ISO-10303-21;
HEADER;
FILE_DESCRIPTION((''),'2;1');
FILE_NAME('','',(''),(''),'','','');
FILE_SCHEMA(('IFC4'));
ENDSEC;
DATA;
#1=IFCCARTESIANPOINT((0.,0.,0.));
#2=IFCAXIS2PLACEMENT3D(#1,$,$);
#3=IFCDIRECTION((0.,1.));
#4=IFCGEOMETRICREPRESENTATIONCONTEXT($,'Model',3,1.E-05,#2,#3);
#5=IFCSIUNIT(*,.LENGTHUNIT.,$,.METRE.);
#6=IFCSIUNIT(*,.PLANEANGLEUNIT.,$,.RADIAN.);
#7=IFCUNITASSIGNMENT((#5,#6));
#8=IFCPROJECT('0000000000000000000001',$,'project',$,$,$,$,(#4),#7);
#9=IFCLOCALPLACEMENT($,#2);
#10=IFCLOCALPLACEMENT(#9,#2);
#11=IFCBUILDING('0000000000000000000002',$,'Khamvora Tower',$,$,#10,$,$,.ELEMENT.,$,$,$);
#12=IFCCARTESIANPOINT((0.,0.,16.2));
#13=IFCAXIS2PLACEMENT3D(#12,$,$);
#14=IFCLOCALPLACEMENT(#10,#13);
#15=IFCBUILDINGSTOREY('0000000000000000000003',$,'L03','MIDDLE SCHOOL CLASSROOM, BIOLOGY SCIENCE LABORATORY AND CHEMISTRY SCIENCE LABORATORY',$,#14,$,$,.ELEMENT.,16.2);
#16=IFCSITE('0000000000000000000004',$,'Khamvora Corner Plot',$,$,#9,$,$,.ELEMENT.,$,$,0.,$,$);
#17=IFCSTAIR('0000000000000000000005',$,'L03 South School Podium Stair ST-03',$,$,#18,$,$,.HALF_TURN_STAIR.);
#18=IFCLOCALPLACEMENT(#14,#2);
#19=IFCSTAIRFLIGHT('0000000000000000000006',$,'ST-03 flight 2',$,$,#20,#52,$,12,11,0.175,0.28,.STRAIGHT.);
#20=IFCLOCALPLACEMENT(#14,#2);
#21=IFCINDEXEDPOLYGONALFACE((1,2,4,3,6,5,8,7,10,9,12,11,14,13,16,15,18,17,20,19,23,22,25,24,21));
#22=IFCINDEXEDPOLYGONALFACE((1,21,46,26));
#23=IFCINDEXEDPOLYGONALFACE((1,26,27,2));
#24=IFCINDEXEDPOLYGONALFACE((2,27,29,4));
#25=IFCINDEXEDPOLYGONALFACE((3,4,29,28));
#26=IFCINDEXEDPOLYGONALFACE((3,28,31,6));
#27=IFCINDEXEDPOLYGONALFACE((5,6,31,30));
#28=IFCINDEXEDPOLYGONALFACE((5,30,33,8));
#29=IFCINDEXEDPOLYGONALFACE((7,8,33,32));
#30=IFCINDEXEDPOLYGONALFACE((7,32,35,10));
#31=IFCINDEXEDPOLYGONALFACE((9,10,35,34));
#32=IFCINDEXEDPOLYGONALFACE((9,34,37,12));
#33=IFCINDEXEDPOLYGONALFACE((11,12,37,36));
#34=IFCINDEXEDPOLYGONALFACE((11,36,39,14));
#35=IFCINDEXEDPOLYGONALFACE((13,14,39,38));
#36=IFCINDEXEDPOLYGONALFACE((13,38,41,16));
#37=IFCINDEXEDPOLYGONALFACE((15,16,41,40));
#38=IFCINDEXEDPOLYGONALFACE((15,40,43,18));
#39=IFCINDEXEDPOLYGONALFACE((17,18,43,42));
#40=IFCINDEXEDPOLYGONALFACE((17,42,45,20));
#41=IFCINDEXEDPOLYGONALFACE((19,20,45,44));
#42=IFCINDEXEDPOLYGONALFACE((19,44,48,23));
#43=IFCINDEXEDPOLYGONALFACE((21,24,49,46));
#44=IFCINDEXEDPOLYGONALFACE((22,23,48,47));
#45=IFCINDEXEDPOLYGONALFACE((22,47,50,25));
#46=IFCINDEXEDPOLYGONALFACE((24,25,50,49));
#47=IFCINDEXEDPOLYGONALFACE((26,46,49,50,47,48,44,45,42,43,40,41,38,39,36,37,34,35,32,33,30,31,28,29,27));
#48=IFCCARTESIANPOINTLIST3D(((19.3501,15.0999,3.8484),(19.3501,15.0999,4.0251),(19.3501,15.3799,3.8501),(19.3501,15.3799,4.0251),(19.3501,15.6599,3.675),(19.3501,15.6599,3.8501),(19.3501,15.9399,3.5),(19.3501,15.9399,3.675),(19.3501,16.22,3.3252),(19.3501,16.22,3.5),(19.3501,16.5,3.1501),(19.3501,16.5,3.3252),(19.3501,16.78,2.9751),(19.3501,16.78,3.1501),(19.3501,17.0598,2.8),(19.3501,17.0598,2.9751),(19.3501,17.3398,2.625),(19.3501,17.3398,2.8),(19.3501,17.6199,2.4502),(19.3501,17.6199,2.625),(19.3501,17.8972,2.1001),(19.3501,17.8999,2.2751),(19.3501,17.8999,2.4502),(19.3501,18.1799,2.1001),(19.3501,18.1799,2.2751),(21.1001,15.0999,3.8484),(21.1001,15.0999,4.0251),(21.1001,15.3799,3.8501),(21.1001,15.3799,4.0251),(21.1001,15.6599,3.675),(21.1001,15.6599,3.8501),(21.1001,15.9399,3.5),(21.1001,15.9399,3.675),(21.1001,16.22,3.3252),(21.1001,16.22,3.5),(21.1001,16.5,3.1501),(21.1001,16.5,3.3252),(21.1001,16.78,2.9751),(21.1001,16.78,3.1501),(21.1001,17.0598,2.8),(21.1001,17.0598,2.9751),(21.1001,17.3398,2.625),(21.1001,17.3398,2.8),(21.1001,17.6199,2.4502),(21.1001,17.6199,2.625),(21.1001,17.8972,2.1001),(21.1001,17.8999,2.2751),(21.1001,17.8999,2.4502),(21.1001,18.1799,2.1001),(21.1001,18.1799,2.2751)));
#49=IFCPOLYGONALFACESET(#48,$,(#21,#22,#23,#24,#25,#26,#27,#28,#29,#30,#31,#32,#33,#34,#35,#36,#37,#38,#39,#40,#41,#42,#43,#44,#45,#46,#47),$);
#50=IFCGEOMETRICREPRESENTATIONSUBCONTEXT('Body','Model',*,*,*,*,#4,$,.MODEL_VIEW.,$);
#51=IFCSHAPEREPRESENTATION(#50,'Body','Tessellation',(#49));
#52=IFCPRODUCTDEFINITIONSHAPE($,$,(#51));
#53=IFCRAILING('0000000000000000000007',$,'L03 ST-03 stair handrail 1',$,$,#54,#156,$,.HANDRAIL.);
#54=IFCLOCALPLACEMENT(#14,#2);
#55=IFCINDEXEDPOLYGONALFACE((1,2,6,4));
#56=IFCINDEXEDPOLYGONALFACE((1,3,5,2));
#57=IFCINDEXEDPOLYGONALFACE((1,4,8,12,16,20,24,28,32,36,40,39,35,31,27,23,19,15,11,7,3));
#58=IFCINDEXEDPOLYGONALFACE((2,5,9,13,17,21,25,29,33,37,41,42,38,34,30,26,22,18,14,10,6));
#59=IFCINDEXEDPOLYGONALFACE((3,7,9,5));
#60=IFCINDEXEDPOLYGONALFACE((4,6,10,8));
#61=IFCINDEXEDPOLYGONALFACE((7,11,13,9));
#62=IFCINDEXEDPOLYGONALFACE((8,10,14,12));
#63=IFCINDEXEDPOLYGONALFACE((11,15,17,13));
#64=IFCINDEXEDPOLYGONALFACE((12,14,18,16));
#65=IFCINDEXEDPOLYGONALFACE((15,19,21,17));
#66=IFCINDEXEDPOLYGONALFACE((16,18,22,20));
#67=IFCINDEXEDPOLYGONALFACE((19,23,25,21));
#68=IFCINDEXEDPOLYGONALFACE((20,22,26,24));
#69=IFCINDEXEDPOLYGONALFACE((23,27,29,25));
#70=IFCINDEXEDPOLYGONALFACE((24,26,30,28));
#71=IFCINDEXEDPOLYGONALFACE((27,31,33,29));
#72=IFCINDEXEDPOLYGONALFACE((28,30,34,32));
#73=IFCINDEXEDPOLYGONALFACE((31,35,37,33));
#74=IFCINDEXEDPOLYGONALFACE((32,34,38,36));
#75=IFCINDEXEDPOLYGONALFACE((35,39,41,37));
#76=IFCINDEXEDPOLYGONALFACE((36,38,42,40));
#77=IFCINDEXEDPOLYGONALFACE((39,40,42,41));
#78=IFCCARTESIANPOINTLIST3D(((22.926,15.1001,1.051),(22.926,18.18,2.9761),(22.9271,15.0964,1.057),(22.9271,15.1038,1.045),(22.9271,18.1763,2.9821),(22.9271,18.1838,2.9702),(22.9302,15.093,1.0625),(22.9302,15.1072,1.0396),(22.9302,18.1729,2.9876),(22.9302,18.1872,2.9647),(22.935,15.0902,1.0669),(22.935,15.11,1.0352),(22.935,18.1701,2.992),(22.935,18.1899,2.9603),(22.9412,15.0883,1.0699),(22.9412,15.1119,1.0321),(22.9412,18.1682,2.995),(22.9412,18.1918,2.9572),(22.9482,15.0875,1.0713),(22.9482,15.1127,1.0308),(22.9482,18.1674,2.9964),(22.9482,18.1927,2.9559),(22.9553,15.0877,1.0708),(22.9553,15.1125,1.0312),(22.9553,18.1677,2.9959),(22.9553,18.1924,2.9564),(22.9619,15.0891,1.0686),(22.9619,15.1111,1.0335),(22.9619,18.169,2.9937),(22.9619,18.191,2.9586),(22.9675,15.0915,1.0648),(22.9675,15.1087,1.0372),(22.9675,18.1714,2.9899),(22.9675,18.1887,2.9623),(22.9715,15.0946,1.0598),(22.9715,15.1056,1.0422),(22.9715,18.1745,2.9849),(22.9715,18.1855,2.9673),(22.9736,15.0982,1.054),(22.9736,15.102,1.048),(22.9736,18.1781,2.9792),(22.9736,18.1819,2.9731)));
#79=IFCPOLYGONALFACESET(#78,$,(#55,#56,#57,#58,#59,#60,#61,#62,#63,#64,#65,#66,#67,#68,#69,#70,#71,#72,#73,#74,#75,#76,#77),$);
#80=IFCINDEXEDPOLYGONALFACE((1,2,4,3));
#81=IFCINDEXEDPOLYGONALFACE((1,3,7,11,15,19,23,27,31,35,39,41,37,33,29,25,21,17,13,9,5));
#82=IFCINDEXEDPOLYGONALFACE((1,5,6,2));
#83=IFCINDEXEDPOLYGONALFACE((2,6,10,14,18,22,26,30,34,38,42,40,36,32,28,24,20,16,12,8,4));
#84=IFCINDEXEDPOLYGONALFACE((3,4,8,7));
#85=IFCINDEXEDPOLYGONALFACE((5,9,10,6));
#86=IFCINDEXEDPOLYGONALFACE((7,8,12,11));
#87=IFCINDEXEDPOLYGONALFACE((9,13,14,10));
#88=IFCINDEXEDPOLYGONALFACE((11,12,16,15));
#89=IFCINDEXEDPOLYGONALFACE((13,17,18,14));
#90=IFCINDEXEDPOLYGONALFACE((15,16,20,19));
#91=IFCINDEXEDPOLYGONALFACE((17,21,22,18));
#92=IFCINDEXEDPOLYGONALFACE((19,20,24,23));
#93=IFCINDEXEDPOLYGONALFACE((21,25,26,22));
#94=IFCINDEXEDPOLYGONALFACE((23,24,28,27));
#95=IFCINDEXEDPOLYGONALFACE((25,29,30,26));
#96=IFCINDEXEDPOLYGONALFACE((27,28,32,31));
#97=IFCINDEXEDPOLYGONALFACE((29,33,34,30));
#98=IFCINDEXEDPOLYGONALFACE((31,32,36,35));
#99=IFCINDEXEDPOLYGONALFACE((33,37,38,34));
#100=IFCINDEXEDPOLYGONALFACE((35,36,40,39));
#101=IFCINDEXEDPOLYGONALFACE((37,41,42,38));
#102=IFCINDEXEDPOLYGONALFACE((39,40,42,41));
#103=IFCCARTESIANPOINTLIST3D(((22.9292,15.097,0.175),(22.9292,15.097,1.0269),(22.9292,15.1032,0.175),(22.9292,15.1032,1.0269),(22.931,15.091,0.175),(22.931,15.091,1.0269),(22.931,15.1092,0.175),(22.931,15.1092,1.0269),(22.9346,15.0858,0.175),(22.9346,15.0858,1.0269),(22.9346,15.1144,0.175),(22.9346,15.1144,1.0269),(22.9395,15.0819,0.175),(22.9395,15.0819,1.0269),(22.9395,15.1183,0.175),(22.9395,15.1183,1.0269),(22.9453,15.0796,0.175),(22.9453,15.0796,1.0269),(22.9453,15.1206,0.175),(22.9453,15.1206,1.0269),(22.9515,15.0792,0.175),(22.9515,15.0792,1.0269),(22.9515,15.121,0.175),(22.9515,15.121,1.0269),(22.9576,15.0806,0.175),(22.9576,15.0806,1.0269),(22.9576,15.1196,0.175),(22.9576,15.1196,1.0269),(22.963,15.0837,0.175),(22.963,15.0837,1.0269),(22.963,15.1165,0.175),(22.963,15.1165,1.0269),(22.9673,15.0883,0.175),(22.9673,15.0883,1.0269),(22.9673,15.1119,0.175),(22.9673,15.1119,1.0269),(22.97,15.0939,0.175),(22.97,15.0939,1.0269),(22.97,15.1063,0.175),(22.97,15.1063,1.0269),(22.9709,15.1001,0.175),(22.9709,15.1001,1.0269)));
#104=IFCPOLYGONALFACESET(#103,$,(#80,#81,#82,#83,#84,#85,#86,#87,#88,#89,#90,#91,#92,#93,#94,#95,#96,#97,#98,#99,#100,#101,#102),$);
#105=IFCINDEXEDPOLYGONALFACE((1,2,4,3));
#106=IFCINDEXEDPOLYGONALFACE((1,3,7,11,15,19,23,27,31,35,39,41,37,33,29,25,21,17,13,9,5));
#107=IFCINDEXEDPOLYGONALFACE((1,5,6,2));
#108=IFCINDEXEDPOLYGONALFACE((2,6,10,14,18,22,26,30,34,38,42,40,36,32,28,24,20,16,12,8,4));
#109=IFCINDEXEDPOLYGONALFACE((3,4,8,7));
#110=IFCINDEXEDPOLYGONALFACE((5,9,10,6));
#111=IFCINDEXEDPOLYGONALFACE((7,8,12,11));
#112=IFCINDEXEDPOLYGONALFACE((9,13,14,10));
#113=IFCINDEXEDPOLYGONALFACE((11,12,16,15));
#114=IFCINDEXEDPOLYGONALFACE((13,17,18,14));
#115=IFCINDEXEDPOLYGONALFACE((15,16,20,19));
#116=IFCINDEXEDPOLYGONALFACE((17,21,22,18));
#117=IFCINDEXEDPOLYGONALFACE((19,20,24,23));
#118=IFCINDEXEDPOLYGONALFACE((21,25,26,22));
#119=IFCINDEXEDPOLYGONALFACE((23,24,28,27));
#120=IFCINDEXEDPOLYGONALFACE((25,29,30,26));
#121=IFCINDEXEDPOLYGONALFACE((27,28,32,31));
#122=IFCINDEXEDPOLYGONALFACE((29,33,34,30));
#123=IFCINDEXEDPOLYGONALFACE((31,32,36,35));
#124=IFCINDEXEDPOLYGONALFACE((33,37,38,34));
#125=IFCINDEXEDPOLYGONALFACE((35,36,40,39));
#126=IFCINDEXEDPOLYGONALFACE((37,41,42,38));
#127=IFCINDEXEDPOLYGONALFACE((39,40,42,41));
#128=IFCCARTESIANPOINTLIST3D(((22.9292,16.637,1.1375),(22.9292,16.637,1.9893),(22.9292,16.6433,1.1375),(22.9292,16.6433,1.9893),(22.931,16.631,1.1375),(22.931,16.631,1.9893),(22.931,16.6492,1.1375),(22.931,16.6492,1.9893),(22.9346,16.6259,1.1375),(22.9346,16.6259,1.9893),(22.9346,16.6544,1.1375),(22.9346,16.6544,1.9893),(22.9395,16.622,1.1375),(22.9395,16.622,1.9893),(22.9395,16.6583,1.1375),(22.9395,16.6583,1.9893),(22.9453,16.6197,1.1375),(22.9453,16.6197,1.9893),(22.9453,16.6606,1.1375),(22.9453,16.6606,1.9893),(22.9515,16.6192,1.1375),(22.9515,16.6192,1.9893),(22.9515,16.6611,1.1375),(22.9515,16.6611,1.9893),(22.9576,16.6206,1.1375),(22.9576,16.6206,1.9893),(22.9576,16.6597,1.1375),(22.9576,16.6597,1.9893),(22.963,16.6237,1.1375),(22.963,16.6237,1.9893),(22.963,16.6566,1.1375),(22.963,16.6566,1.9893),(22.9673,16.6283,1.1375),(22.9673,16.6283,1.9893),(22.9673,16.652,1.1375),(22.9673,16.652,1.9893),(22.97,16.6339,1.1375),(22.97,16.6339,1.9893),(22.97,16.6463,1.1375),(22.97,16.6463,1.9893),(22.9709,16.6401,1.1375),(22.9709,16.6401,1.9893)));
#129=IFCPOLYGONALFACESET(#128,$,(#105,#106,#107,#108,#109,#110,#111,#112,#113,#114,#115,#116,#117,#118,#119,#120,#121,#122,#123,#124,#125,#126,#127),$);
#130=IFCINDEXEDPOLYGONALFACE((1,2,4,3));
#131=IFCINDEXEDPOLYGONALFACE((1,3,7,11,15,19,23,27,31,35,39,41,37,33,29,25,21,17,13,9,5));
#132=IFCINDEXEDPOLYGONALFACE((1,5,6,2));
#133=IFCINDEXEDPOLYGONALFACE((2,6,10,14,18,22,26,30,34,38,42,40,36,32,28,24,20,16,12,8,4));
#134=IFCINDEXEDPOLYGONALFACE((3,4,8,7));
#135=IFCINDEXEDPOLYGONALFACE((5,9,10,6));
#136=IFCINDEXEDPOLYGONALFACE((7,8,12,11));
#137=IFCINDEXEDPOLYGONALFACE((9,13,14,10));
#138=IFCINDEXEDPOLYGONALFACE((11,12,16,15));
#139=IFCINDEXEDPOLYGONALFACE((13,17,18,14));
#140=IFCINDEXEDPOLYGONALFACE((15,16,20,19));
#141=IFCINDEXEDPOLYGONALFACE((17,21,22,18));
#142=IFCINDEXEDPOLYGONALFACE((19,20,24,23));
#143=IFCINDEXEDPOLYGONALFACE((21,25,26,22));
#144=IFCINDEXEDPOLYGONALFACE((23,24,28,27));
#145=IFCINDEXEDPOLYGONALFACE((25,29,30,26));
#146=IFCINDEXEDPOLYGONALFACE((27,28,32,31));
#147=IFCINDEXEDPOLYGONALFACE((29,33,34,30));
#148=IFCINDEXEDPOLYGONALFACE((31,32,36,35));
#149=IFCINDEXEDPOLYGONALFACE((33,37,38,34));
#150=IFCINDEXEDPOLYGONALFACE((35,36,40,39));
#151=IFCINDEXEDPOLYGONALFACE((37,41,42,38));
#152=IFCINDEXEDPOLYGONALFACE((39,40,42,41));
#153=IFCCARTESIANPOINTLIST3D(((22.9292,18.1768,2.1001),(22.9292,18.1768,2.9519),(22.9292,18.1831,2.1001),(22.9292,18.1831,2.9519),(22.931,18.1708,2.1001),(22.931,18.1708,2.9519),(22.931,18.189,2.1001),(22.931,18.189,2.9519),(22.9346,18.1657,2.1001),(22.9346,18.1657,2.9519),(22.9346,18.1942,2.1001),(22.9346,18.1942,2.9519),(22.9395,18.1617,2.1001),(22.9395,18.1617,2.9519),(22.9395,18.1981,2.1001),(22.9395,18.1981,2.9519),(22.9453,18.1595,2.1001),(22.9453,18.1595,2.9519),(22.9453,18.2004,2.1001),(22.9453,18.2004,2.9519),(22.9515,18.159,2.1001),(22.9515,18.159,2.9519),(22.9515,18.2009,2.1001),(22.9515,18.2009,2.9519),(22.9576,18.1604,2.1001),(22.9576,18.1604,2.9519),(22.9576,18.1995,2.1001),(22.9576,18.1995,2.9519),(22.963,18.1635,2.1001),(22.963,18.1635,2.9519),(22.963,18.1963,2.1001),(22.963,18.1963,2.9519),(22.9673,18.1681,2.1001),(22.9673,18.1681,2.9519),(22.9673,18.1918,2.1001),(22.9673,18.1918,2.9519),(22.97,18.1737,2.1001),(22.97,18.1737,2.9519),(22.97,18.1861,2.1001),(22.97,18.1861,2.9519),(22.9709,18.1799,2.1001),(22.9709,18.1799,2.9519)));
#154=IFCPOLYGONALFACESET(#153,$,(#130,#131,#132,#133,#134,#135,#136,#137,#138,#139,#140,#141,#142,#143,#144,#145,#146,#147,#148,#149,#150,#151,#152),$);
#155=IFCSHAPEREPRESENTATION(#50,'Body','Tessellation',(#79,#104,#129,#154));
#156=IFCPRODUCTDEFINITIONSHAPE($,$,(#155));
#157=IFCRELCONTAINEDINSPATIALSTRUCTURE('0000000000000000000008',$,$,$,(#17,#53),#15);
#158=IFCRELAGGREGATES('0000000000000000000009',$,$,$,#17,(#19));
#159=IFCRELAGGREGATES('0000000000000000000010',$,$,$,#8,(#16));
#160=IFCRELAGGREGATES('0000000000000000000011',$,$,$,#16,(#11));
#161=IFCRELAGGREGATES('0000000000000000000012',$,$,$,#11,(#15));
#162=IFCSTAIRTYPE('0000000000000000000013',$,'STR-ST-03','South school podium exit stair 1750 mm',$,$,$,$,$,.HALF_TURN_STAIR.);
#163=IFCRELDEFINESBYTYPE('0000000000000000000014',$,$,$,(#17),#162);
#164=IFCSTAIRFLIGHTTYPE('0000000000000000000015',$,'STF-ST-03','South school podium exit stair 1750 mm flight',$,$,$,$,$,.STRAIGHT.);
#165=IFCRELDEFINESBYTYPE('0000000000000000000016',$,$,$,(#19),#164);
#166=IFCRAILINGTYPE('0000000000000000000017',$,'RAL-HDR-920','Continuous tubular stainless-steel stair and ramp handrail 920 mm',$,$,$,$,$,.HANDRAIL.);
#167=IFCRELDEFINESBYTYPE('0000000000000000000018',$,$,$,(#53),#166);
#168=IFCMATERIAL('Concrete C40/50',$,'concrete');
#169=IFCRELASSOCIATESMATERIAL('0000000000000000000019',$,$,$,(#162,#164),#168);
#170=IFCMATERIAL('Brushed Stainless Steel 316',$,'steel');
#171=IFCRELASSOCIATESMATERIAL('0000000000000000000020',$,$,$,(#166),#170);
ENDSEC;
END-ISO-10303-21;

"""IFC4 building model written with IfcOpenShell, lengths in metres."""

from ifc_helpers import new_model, si_unit, direction, frame, origin, origin_2d, place, context, subcontext, project, spatial, polyline, circle, outline, extrude, material, type_object, element, aggregate, save


model = new_model("IFC4")

# Units and contexts
model_context = context("Model", 3, precision=1e-05, world=origin(), true_north=direction((0.0, 1.0)))
body_context = subcontext(model_context, "Body", "Model", "MODEL_VIEW")
ifc_project = project(units=[si_unit("LENGTHUNIT", "METRE"), si_unit("PLANEANGLEUNIT", "RADIAN")], contexts=[model_context])

# Site, building, storey
site_placement = place(None, origin())
site = spatial("IfcSite", under=ifc_project, at=site_placement, Name="Khamvora Corner Plot", CompositionType="ELEMENT", RefElevation=0.0)
building_placement = place(site_placement, origin())
building = spatial("IfcBuilding", under=site, at=building_placement, Name="Khamvora Tower", CompositionType="ELEMENT")
storey_placement = place(building_placement, frame((0.0, 0.0, 16.2)))
storey = spatial("IfcBuildingStorey", under=building, at=storey_placement, Name="L03", Description="MIDDLE SCHOOL CLASSROOM, BIOLOGY SCIENCE LABORATORY AND CHEMISTRY SCIENCE LABORATORY", CompositionType="ELEMENT", Elevation=16.2)

# Shared definitions
ifc_material_1 = material(Name="Concrete C40/50", Category="concrete")

# Stair, stair flight
stair_type = type_object("IfcStairType", Name="STR-ST-03", Description="South school podium exit stair 1750 mm", PredefinedType="HALF_TURN_STAIR", material=ifc_material_1)
stair_placement = place(storey_placement, origin())
stair = element("IfcStair", 1, at=stair_placement, inside=storey, type_object=stair_type, Name="L03 South School Podium Stair ST-03", PredefinedType="HALF_TURN_STAIR")
stair_flight_type = type_object("IfcStairFlightType", Name="STF-ST-03", Description="South school podium exit stair 1750 mm flight", PredefinedType="STRAIGHT", material=ifc_material_1)
stair_flight_1_placement = place(storey_placement, frame((20.2251, 18.1799, 2.1001), z_axis=(0.0, 0.0, 1.0), x_axis=(0.0, -1.0, 0.0)))
stair_flight_1 = element("IfcStairFlight", 2, at=stair_flight_1_placement, type_object=stair_flight_type, Name="ST-03 flight 2", NumberOfRisers=12, NumberOfTreads=11, PredefinedType="STRAIGHT", RiserHeight=0.175, TreadLength=0.28, context=body_context, shape_type="SweptSolid", body=[
    extrude(outline(polyline([(0.0, 0.0), (0.0, 0.175), (0.28, 0.175), (0.28, 0.3501), (0.5601, 0.3501), (0.5601, 0.5249), (0.8401, 0.5249), (0.8401, 0.7), (1.1201, 0.7), (1.1201, 0.875), (1.3999, 0.875), (1.3999, 1.05), (1.6799, 1.05), (1.6799, 1.2251), (1.96, 1.2251), (1.96, 1.3999), (2.24, 1.3999), (2.24, 1.575), (2.52, 1.575), (2.52, 1.75), (2.8, 1.75), (2.8, 1.925), (3.0801, 1.925), (3.0801, 2.1001), (3.0801, 1.7483), (0.2827, 0.0), (0.0, 0.0)])), frame((0.0, 0.875, 0.0), z_axis=(0.0, -1.0, 0.0), x_axis=(1.0, 0.0, 0.0)), (0.0, 0.0, 1.0), 1.75),
])
aggregate(stair, [stair_flight_1])

# Railing
ifc_material_2 = material(Name="Brushed Stainless Steel 316", Category="steel")
railing_type_1 = type_object("IfcRailingType", Name="RAL-HDR-920", Description="Continuous tubular stainless-steel stair and ramp handrail 920 mm", PredefinedType="HANDRAIL", material=ifc_material_2)
railing_1_placement = place(storey_placement, frame((22.95, 15.1001, 0.175)))
element("IfcRailing", 3, at=railing_1_placement, inside=storey, type_object=railing_type_1, Name="L03 ST-03 stair handrail 1", PredefinedType="HANDRAIL", context=body_context, shape_type="SweptSolid", body=[
    extrude(circle(Radius=0.0239, at=origin_2d()), frame((0.0, 0.0, 0.876), z_axis=(0.0, 0.847979, 0.530029), x_axis=(-1.0, 0.0, 0.0)), (0.0, 0.0, 1.0), 3.6321),
    extrude(circle(Radius=0.021, at=origin_2d()), origin(), (0.0, 0.0, 1.0), 0.8518),
    extrude(circle(Radius=0.021, at=origin_2d()), frame((0.0, 1.54, 0.9624)), (0.0, 0.0, 1.0), 0.8518),
    extrude(circle(Radius=0.021, at=origin_2d()), frame((0.0, 3.0798, 1.925)), (0.0, 0.0, 1.0), 0.8518),
])

save(model, "model.ifc")
